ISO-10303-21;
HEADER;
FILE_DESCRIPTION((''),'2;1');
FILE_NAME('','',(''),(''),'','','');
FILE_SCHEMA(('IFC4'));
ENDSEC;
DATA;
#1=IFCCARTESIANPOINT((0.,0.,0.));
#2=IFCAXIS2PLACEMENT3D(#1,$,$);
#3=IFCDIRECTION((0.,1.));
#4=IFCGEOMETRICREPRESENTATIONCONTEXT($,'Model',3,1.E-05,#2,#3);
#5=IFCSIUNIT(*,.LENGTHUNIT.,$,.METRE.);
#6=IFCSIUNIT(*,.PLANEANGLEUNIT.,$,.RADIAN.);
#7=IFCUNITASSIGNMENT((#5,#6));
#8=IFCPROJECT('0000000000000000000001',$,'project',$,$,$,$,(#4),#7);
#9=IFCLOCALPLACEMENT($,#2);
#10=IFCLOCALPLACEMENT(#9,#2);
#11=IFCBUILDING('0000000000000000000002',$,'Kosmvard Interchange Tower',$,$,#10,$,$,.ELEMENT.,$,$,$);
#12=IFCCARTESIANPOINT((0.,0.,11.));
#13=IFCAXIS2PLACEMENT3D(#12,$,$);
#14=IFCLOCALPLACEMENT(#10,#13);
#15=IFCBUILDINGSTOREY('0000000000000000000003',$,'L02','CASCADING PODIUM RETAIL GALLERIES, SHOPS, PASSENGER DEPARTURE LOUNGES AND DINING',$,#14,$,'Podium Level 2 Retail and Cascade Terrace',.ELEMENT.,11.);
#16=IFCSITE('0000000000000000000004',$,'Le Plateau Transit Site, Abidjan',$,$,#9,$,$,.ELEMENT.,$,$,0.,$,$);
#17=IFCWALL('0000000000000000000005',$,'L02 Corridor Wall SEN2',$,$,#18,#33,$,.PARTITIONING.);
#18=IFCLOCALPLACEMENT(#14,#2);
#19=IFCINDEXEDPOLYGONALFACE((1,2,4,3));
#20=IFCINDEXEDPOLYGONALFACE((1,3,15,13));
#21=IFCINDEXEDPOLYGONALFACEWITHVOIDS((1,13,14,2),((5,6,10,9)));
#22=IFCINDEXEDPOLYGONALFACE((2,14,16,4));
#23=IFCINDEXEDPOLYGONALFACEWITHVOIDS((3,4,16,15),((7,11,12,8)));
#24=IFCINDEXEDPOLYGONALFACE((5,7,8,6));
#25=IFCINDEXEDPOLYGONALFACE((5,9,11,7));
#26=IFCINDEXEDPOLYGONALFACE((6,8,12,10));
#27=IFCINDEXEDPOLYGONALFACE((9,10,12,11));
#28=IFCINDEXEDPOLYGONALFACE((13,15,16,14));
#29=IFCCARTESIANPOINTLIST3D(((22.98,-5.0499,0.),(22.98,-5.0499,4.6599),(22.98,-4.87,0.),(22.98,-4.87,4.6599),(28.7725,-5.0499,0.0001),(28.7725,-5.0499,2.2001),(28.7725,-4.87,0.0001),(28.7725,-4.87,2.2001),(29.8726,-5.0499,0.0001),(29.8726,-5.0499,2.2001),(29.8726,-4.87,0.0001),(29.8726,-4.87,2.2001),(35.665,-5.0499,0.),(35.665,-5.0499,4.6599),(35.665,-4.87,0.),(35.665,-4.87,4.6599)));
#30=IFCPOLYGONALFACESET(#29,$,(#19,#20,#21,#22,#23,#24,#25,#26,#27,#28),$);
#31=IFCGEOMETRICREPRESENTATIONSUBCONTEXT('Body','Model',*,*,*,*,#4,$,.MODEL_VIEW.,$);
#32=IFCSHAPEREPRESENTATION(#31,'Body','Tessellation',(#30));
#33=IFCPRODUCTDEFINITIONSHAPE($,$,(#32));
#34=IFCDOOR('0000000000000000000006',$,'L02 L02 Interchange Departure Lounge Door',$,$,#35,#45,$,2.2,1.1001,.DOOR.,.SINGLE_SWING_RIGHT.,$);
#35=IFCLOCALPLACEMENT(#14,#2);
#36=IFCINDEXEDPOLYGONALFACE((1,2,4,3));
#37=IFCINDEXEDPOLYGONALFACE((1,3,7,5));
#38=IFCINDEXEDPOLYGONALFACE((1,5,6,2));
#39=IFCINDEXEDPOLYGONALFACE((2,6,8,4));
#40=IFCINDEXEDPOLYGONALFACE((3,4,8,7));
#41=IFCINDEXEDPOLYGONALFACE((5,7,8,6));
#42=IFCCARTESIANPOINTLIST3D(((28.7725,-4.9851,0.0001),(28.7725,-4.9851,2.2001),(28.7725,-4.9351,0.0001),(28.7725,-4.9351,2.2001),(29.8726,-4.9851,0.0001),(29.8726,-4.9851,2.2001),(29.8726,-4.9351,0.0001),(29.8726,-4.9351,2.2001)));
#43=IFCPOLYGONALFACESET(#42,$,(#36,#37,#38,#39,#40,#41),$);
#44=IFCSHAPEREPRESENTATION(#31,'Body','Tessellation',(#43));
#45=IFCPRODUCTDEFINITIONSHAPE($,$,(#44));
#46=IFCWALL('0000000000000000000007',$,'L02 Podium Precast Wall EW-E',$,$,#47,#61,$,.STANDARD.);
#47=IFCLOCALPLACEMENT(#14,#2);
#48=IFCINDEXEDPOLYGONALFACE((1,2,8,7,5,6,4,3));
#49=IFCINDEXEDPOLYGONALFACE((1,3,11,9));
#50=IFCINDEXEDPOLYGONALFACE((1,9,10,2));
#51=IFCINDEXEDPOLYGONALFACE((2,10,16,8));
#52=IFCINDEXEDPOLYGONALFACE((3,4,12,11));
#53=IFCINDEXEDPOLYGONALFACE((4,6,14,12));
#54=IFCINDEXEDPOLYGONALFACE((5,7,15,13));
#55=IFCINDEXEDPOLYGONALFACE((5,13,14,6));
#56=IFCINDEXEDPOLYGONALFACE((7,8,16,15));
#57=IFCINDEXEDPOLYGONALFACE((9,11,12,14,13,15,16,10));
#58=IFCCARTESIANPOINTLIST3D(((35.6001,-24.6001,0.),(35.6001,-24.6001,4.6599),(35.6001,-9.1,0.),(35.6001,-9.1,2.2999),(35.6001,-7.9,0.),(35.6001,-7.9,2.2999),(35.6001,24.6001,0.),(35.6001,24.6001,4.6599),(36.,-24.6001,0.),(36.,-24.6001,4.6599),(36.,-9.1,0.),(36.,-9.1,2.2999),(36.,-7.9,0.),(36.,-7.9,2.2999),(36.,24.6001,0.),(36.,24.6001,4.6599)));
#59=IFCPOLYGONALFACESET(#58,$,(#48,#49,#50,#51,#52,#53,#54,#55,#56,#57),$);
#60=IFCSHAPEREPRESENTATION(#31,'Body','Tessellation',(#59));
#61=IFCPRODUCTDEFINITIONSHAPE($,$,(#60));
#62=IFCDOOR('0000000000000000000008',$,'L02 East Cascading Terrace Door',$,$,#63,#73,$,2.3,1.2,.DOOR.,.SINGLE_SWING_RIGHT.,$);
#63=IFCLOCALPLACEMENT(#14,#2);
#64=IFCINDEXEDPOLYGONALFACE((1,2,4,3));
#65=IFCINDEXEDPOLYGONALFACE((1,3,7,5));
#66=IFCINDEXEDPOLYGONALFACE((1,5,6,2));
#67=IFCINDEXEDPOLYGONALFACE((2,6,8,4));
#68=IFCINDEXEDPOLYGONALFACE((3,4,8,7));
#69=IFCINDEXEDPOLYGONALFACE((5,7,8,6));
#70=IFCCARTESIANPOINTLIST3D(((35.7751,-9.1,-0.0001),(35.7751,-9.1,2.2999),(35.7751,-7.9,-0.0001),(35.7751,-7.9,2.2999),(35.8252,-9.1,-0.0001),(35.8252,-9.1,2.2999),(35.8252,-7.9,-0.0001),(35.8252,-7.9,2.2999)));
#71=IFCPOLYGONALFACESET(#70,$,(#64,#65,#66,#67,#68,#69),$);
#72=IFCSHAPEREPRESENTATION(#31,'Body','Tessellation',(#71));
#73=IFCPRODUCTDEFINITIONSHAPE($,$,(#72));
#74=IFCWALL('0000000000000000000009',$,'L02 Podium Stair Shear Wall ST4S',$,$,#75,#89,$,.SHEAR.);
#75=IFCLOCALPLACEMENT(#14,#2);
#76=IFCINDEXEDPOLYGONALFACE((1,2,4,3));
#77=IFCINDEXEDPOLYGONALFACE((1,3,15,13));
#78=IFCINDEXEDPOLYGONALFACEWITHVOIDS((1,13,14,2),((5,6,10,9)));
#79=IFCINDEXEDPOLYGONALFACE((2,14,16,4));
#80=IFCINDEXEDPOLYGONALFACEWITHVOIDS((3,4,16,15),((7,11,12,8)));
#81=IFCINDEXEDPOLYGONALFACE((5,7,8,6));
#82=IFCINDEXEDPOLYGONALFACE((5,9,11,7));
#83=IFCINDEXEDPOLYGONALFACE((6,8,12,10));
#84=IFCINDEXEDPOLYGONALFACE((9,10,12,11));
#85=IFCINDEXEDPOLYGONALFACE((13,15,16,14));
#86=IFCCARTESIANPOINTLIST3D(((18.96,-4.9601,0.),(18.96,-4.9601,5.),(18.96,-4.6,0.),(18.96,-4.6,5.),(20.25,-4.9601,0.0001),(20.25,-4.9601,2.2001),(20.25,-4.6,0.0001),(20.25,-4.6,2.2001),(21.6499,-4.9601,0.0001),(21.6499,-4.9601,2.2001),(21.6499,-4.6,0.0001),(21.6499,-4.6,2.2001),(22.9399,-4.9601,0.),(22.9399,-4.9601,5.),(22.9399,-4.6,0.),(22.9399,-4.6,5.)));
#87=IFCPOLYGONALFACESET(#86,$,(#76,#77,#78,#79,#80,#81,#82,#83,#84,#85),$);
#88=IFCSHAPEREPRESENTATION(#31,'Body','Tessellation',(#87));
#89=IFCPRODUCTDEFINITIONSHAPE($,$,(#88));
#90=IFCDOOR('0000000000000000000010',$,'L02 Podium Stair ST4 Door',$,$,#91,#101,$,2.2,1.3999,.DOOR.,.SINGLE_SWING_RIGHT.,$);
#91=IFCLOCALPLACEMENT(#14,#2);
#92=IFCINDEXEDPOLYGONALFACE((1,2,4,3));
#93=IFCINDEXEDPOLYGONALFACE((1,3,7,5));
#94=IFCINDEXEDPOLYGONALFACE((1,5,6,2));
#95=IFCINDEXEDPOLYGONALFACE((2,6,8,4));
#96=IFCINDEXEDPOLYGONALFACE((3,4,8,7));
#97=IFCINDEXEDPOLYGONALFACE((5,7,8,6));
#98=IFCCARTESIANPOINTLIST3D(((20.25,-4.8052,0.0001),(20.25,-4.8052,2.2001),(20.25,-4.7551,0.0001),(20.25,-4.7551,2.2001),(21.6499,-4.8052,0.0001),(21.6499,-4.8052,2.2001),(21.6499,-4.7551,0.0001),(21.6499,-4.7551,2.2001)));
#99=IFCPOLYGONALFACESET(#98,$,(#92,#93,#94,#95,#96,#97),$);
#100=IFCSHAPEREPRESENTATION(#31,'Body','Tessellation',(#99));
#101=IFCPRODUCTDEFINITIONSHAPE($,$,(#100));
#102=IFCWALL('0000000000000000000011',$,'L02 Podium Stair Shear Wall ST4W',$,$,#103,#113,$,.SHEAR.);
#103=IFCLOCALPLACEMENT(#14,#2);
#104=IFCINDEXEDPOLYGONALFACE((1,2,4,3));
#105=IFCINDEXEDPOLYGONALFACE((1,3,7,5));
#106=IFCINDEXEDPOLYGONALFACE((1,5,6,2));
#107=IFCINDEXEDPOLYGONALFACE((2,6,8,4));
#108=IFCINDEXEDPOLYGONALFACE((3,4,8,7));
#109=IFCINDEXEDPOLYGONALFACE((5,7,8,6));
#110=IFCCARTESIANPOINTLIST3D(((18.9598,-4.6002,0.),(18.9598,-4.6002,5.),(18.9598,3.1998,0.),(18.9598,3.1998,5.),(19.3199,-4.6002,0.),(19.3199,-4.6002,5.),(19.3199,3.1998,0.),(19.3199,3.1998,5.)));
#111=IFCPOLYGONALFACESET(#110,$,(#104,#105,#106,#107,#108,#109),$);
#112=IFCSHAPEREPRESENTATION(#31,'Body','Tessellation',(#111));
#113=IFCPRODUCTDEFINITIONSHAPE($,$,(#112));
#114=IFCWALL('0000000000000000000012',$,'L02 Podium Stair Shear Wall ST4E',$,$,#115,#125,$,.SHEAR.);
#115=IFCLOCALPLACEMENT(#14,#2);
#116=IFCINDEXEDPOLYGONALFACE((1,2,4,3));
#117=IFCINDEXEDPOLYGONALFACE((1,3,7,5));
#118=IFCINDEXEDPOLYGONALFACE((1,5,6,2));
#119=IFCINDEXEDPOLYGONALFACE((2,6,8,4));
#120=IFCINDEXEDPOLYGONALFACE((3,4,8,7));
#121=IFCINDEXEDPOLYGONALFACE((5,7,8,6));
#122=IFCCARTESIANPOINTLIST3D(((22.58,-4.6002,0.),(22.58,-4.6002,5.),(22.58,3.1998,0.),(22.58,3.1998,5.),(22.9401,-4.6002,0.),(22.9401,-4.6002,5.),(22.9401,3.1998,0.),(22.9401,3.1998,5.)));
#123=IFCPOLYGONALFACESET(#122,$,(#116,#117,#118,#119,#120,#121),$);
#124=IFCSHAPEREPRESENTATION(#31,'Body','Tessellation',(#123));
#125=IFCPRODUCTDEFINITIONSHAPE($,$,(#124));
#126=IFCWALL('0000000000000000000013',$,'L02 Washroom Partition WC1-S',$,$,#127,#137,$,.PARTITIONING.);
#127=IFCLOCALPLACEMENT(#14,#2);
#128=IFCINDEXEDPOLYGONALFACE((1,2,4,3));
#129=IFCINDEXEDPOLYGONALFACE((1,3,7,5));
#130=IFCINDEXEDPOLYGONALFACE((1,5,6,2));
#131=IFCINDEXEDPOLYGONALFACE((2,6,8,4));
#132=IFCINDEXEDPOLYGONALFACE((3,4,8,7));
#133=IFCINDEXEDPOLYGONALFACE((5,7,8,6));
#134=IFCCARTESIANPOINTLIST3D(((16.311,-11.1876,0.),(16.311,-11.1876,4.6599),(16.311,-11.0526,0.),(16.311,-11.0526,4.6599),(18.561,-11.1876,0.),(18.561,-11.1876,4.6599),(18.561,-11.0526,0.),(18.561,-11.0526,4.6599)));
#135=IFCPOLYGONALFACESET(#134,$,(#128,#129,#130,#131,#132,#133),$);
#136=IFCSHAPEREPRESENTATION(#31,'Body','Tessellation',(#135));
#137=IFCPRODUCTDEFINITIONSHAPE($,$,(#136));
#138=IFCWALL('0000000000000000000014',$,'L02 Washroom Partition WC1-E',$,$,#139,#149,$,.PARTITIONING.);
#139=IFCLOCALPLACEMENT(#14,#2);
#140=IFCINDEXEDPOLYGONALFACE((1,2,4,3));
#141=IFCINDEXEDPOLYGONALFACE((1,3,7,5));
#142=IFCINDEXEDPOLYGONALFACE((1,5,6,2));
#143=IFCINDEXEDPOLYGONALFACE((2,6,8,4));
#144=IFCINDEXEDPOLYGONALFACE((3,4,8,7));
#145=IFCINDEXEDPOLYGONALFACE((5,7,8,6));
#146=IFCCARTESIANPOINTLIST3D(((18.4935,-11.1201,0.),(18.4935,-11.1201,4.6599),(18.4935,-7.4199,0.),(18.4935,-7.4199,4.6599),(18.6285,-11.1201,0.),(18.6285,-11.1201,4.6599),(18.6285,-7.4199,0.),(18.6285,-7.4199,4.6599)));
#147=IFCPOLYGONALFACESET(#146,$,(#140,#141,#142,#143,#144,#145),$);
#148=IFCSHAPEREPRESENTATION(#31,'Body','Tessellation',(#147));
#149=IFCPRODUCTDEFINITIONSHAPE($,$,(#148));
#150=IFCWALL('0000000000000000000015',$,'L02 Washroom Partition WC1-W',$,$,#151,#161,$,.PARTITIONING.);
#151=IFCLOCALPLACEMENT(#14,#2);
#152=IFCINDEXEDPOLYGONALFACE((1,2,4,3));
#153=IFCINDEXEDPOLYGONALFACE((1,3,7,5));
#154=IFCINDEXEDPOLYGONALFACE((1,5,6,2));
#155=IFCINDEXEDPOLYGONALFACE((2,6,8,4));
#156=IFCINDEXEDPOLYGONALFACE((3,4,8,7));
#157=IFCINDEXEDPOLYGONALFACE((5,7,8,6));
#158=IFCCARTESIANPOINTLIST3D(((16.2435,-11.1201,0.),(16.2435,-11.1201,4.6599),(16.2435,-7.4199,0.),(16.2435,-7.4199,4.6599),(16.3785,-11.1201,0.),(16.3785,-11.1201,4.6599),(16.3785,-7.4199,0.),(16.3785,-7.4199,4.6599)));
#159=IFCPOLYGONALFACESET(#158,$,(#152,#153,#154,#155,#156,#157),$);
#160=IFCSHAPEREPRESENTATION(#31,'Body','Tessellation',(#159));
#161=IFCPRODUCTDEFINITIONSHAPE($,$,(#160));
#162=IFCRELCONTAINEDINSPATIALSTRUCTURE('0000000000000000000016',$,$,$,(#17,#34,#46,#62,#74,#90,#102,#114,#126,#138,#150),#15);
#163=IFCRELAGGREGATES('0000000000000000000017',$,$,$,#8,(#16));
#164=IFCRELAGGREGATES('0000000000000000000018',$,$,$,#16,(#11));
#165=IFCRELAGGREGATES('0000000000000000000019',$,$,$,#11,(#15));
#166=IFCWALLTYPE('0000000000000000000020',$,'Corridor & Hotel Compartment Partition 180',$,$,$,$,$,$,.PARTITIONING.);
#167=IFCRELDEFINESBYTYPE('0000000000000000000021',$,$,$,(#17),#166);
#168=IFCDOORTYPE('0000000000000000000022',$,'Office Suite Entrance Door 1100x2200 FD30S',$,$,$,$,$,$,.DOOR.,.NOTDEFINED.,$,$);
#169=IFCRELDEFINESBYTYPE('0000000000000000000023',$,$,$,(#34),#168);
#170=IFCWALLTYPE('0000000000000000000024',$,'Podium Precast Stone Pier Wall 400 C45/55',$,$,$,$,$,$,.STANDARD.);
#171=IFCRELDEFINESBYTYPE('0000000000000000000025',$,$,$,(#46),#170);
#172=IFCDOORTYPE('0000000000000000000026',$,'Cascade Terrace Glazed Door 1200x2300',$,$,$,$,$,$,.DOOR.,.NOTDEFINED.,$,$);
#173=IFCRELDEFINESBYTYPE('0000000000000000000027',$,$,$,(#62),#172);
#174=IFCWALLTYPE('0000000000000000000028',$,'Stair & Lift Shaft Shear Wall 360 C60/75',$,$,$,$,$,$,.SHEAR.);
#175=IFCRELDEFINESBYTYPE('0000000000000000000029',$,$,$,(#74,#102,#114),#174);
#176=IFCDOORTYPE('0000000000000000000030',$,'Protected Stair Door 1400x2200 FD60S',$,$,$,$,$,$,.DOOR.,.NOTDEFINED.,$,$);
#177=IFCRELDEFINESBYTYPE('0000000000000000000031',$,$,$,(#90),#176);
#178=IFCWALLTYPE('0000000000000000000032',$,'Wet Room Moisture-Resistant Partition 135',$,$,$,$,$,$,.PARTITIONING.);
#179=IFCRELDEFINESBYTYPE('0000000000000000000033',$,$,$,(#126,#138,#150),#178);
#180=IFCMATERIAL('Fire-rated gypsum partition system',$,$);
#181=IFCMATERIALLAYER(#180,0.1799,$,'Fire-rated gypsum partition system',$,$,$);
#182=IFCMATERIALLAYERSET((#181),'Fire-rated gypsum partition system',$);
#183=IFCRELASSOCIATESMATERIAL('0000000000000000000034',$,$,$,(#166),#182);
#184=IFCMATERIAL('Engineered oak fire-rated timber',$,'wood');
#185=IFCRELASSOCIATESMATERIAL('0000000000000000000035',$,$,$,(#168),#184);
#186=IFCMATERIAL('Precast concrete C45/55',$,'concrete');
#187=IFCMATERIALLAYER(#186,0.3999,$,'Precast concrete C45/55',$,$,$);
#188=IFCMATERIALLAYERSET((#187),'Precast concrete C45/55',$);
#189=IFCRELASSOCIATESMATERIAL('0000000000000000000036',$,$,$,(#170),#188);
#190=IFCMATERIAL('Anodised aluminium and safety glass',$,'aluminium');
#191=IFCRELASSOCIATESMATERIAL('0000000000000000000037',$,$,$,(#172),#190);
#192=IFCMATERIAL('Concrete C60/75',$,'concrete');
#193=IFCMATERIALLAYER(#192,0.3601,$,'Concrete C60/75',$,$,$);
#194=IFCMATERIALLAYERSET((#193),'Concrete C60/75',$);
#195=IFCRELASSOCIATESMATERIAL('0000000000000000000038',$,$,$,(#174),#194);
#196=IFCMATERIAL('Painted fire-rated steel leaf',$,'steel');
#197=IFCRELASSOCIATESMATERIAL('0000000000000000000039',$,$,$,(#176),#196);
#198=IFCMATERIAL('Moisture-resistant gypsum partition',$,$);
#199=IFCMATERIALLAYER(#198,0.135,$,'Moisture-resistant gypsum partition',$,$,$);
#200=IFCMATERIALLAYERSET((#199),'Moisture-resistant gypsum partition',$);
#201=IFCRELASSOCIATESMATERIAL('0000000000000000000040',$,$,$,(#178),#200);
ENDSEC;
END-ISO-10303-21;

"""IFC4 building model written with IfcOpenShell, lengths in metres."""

from ifc_helpers import new_model, si_unit, direction, frame, frame_2d, origin, place, context, subcontext, project, spatial, rectangle, extrude, source, transform, mapped, material, layer, layer_set, type_object, element, fill, save


model = new_model("IFC4")

# Units and contexts
model_context = context("Model", 3, precision=1e-05, world=origin(), true_north=direction((0.0, 1.0)))
body_context = subcontext(model_context, "Body", "Model", "MODEL_VIEW")
ifc_project = project(units=[si_unit("LENGTHUNIT", "METRE"), si_unit("PLANEANGLEUNIT", "RADIAN")], contexts=[model_context])

# Site, building, storey
site_placement = place(None, origin())
site = spatial("IfcSite", under=ifc_project, at=site_placement, Name="Le Plateau Transit Site, Abidjan", CompositionType="ELEMENT", RefElevation=0.0)
building_placement = place(site_placement, origin())
building = spatial("IfcBuilding", under=site, at=building_placement, Name="Kosmvard Interchange Tower", CompositionType="ELEMENT")
storey_placement = place(building_placement, frame((0.0, 0.0, 11.0)))
storey = spatial("IfcBuildingStorey", under=building, at=storey_placement, Name="L02", Description="CASCADING PODIUM RETAIL GALLERIES, SHOPS, PASSENGER DEPARTURE LOUNGES AND DINING", LongName="Podium Level 2 Retail and Cascade Terrace", CompositionType="ELEMENT", Elevation=11.0)

# Shared definitions
ifc_material_1 = material(Name="Concrete C60/75", Category="concrete")

# Walls, openings, doors
ifc_material_2 = material(Name="Fire-rated gypsum partition system")
ifc_layer_1 = layer(ifc_material_2, 0.1799, Name="Fire-rated gypsum partition system")
ifc_layer_set_1 = layer_set([ifc_layer_1], Name="Fire-rated gypsum partition system")
wall_type_1 = type_object("IfcWallType", Name="Corridor & Hotel Compartment Partition 180", PredefinedType="PARTITIONING", material=ifc_layer_set_1)
wall_1_placement = place(storey_placement, frame((22.98, -4.96, 0.0), z_axis=(0.0, 0.0, 1.0), x_axis=(1.0, 0.0, 0.0)))
wall_1 = element("IfcWall", 1, at=wall_1_placement, inside=storey, type_object=wall_type_1, Name="L02 Corridor Wall SEN2", PredefinedType="PARTITIONING", context=body_context, shape_type="SweptSolid", body=[
    extrude(rectangle(XDim=12.6851, YDim=0.1799, at=frame_2d((6.3425, 0.0))), origin(), (0.0, 0.0, 1.0), 4.6599),
])
opening_1_placement = place(wall_1_placement, frame((5.7925, 0.0, 0.0)))
opening_1 = element("IfcOpeningElement", 2, at=opening_1_placement, cuts=wall_1, PredefinedType="OPENING", context=body_context, shape_type="SweptSolid", body=[
    extrude(rectangle(XDim=1.1001, YDim=2.2, at=frame_2d((0.55, 1.1001))), frame((0.0, 0.1001, 0.0), z_axis=(0.0, -1.0, 0.0), x_axis=(1.0, 0.0, 0.0)), (0.0, 0.0, 1.0), 0.2),
])
ifc_material_3 = material(Name="Engineered oak fire-rated timber", Category="wood")
door_type_1 = type_object("IfcDoorType", Name="Office Suite Entrance Door 1100x2200 FD30S", OperationType="NOTDEFINED", PredefinedType="DOOR", material=ifc_material_3)
shared_shape_1 = source(origin(), body_context, "Body", "SweptSolid", [
    extrude(rectangle(XDim=1.1001, YDim=2.2, at=frame_2d((0.55, 1.1001))), frame((0.0, 0.0249, 0.0), z_axis=(0.0, -1.0, 0.0), x_axis=(1.0, 0.0, 0.0)), (0.0, 0.0, 1.0), 0.05),
])
door_1_placement = place(opening_1_placement, origin())
door_1 = element("IfcDoor", 3, at=door_1_placement, inside=storey, type_object=door_type_1, Name="L02 L02 Interchange Departure Lounge Door", OperationType="SINGLE_SWING_RIGHT", OverallHeight=2.2, OverallWidth=1.1001, PredefinedType="DOOR", context=body_context, shape_type="MappedRepresentation", body=[
    mapped(shared_shape_1, transform((0.0, 0.0, 0.0), scale=1.0)),
])
fill(opening_1, door_1)
ifc_material_4 = material(Name="Precast concrete C45/55", Category="concrete")
ifc_layer_2 = layer(ifc_material_4, 0.3999, Name="Precast concrete C45/55")
ifc_layer_set_2 = layer_set([ifc_layer_2], Name="Precast concrete C45/55")
wall_type_2 = type_object("IfcWallType", Name="Podium Precast Stone Pier Wall 400 C45/55", PredefinedType="STANDARD", material=ifc_layer_set_2)
wall_2_placement = place(storey_placement, frame((35.8, -24.6001, 0.0), z_axis=(0.0, 0.0, 1.0), x_axis=(0.0, 1.0, 0.0)))
wall_2 = element("IfcWall", 4, at=wall_2_placement, inside=storey, type_object=wall_type_2, Name="L02 Podium Precast Wall EW-E", PredefinedType="STANDARD", context=body_context, shape_type="SweptSolid", body=[
    extrude(rectangle(XDim=49.2002, YDim=0.3999, at=frame_2d((24.6001, 0.0))), origin(), (0.0, 0.0, 1.0), 4.6599),
])
opening_2_placement = place(wall_2_placement, frame((15.5, 0.0, 0.0)))
opening_2 = element("IfcOpeningElement", 5, at=opening_2_placement, cuts=wall_2, PredefinedType="OPENING", context=body_context, shape_type="SweptSolid", body=[
    extrude(rectangle(XDim=1.2, YDim=2.3, at=frame_2d((0.6001, 1.1499))), frame((0.0, 0.21, 0.0), z_axis=(0.0, -1.0, 0.0), x_axis=(1.0, 0.0, 0.0)), (0.0, 0.0, 1.0), 0.4199),
])
ifc_material_5 = material(Name="Anodised aluminium and safety glass", Category="aluminium")
door_type_2 = type_object("IfcDoorType", Name="Cascade Terrace Glazed Door 1200x2300", OperationType="NOTDEFINED", PredefinedType="DOOR", material=ifc_material_5)
shared_shape_2 = source(origin(), body_context, "Body", "SweptSolid", [
    extrude(rectangle(XDim=1.2, YDim=2.3, at=frame_2d((0.6001, 1.1499))), frame((0.0, 0.0249, 0.0), z_axis=(0.0, -1.0, 0.0), x_axis=(1.0, 0.0, 0.0)), (0.0, 0.0, 1.0), 0.05),
])
door_2_placement = place(opening_2_placement, origin())
door_2 = element("IfcDoor", 6, at=door_2_placement, inside=storey, type_object=door_type_2, Name="L02 East Cascading Terrace Door", OperationType="SINGLE_SWING_RIGHT", OverallHeight=2.3, OverallWidth=1.2, PredefinedType="DOOR", context=body_context, shape_type="MappedRepresentation", body=[
    mapped(shared_shape_2, transform((0.0, 0.0, 0.0), scale=1.0)),
])
fill(opening_2, door_2)
ifc_layer_3 = layer(ifc_material_1, 0.3601, Name="Concrete C60/75")
ifc_layer_set_3 = layer_set([ifc_layer_3], Name="Concrete C60/75")
wall_type_3 = type_object("IfcWallType", Name="Stair & Lift Shaft Shear Wall 360 C60/75", PredefinedType="SHEAR", material=ifc_layer_set_3)
wall_3_placement = place(storey_placement, frame((18.96, -4.78, 0.0), z_axis=(0.0, 0.0, 1.0), x_axis=(1.0, 0.0, 0.0)))
wall_3 = element("IfcWall", 7, at=wall_3_placement, inside=storey, type_object=wall_type_3, Name="L02 Podium Stair Shear Wall ST4S", PredefinedType="SHEAR", context=body_context, shape_type="SweptSolid", body=[
    extrude(rectangle(XDim=3.98, YDim=0.3601, at=frame_2d((1.99, 0.0))), origin(), (0.0, 0.0, 1.0), 5.0),
])
opening_3_placement = place(wall_3_placement, frame((1.29, 0.0, 0.0)))
opening_3 = element("IfcOpeningElement", 8, at=opening_3_placement, cuts=wall_3, PredefinedType="OPENING", context=body_context, shape_type="SweptSolid", body=[
    extrude(rectangle(XDim=1.3999, YDim=2.2, at=frame_2d((0.7, 1.1001))), frame((0.0, 0.1899, 0.0), z_axis=(0.0, -1.0, 0.0), x_axis=(1.0, 0.0, 0.0)), (0.0, 0.0, 1.0), 0.3801),
])
ifc_material_6 = material(Name="Painted fire-rated steel leaf", Category="steel")
door_type_3 = type_object("IfcDoorType", Name="Protected Stair Door 1400x2200 FD60S", OperationType="NOTDEFINED", PredefinedType="DOOR", material=ifc_material_6)
shared_shape_3 = source(origin(), body_context, "Body", "SweptSolid", [
    extrude(rectangle(XDim=1.3999, YDim=2.2, at=frame_2d((0.7, 1.1001))), frame((0.0, 0.0249, 0.0), z_axis=(0.0, -1.0, 0.0), x_axis=(1.0, 0.0, 0.0)), (0.0, 0.0, 1.0), 0.05),
])
door_3_placement = place(opening_3_placement, origin())
door_3 = element("IfcDoor", 9, at=door_3_placement, inside=storey, type_object=door_type_3, Name="L02 Podium Stair ST4 Door", OperationType="SINGLE_SWING_RIGHT", OverallHeight=2.2, OverallWidth=1.3999, PredefinedType="DOOR", context=body_context, shape_type="MappedRepresentation", body=[
    mapped(shared_shape_3, transform((0.0, 0.0, 0.0), scale=1.0)),
])
fill(opening_3, door_3)

# Walls
for number, where, z_axis, x_axis, name in (
    (10, (19.1399, -4.6001, 0.0), (0.0, 0.0, 1.0), (0.0, 1.0, 0.0), "L02 Podium Stair Shear Wall ST4W"),
    (11, (22.76, -4.6001, 0.0), (0.0, 0.0, 1.0), (0.0, 1.0, 0.0), "L02 Podium Stair Shear Wall ST4E"),
):
    element("IfcWall", number, at=place(storey_placement, frame(where, z_axis=z_axis, x_axis=x_axis)), inside=storey, type_object=wall_type_3, Name=name, PredefinedType="SHEAR", context=body_context, shape_type="SweptSolid", body=[
        extrude(rectangle(XDim=7.8, YDim=0.3601, at=frame_2d((3.8999, 0.0))), origin(), (0.0, 0.0, 1.0), 5.0),
    ])
ifc_material_7 = material(Name="Moisture-resistant gypsum partition")
ifc_layer_4 = layer(ifc_material_7, 0.135, Name="Moisture-resistant gypsum partition")
ifc_layer_set_4 = layer_set([ifc_layer_4], Name="Moisture-resistant gypsum partition")
wall_type_4 = type_object("IfcWallType", Name="Wet Room Moisture-Resistant Partition 135", PredefinedType="PARTITIONING", material=ifc_layer_set_4)
wall_4_placement = place(storey_placement, frame((16.311, -11.1201, 0.0), z_axis=(0.0, 0.0, 1.0), x_axis=(1.0, 0.0, 0.0)))
element("IfcWall", 12, at=wall_4_placement, inside=storey, type_object=wall_type_4, Name="L02 Washroom Partition WC1-S", PredefinedType="PARTITIONING", context=body_context, shape_type="SweptSolid", body=[
    extrude(rectangle(XDim=2.25, YDim=0.135, at=frame_2d((1.125, 0.0))), origin(), (0.0, 0.0, 1.0), 4.6599),
])
for number, where, z_axis, x_axis, name in (
    (13, (18.561, -11.1201, 0.0), (0.0, 0.0, 1.0), (0.0, 1.0, 0.0), "L02 Washroom Partition WC1-E"),
    (14, (16.311, -11.1201, 0.0), (0.0, 0.0, 1.0), (0.0, 1.0, 0.0), "L02 Washroom Partition WC1-W"),
):
    element("IfcWall", number, at=place(storey_placement, frame(where, z_axis=z_axis, x_axis=x_axis)), inside=storey, type_object=wall_type_4, Name=name, PredefinedType="PARTITIONING", context=body_context, shape_type="SweptSolid", body=[
        extrude(rectangle(XDim=3.7002, YDim=0.135, at=frame_2d((1.8501, 0.0))), origin(), (0.0, 0.0, 1.0), 4.6599),
    ])

save(model, "model.ifc")
